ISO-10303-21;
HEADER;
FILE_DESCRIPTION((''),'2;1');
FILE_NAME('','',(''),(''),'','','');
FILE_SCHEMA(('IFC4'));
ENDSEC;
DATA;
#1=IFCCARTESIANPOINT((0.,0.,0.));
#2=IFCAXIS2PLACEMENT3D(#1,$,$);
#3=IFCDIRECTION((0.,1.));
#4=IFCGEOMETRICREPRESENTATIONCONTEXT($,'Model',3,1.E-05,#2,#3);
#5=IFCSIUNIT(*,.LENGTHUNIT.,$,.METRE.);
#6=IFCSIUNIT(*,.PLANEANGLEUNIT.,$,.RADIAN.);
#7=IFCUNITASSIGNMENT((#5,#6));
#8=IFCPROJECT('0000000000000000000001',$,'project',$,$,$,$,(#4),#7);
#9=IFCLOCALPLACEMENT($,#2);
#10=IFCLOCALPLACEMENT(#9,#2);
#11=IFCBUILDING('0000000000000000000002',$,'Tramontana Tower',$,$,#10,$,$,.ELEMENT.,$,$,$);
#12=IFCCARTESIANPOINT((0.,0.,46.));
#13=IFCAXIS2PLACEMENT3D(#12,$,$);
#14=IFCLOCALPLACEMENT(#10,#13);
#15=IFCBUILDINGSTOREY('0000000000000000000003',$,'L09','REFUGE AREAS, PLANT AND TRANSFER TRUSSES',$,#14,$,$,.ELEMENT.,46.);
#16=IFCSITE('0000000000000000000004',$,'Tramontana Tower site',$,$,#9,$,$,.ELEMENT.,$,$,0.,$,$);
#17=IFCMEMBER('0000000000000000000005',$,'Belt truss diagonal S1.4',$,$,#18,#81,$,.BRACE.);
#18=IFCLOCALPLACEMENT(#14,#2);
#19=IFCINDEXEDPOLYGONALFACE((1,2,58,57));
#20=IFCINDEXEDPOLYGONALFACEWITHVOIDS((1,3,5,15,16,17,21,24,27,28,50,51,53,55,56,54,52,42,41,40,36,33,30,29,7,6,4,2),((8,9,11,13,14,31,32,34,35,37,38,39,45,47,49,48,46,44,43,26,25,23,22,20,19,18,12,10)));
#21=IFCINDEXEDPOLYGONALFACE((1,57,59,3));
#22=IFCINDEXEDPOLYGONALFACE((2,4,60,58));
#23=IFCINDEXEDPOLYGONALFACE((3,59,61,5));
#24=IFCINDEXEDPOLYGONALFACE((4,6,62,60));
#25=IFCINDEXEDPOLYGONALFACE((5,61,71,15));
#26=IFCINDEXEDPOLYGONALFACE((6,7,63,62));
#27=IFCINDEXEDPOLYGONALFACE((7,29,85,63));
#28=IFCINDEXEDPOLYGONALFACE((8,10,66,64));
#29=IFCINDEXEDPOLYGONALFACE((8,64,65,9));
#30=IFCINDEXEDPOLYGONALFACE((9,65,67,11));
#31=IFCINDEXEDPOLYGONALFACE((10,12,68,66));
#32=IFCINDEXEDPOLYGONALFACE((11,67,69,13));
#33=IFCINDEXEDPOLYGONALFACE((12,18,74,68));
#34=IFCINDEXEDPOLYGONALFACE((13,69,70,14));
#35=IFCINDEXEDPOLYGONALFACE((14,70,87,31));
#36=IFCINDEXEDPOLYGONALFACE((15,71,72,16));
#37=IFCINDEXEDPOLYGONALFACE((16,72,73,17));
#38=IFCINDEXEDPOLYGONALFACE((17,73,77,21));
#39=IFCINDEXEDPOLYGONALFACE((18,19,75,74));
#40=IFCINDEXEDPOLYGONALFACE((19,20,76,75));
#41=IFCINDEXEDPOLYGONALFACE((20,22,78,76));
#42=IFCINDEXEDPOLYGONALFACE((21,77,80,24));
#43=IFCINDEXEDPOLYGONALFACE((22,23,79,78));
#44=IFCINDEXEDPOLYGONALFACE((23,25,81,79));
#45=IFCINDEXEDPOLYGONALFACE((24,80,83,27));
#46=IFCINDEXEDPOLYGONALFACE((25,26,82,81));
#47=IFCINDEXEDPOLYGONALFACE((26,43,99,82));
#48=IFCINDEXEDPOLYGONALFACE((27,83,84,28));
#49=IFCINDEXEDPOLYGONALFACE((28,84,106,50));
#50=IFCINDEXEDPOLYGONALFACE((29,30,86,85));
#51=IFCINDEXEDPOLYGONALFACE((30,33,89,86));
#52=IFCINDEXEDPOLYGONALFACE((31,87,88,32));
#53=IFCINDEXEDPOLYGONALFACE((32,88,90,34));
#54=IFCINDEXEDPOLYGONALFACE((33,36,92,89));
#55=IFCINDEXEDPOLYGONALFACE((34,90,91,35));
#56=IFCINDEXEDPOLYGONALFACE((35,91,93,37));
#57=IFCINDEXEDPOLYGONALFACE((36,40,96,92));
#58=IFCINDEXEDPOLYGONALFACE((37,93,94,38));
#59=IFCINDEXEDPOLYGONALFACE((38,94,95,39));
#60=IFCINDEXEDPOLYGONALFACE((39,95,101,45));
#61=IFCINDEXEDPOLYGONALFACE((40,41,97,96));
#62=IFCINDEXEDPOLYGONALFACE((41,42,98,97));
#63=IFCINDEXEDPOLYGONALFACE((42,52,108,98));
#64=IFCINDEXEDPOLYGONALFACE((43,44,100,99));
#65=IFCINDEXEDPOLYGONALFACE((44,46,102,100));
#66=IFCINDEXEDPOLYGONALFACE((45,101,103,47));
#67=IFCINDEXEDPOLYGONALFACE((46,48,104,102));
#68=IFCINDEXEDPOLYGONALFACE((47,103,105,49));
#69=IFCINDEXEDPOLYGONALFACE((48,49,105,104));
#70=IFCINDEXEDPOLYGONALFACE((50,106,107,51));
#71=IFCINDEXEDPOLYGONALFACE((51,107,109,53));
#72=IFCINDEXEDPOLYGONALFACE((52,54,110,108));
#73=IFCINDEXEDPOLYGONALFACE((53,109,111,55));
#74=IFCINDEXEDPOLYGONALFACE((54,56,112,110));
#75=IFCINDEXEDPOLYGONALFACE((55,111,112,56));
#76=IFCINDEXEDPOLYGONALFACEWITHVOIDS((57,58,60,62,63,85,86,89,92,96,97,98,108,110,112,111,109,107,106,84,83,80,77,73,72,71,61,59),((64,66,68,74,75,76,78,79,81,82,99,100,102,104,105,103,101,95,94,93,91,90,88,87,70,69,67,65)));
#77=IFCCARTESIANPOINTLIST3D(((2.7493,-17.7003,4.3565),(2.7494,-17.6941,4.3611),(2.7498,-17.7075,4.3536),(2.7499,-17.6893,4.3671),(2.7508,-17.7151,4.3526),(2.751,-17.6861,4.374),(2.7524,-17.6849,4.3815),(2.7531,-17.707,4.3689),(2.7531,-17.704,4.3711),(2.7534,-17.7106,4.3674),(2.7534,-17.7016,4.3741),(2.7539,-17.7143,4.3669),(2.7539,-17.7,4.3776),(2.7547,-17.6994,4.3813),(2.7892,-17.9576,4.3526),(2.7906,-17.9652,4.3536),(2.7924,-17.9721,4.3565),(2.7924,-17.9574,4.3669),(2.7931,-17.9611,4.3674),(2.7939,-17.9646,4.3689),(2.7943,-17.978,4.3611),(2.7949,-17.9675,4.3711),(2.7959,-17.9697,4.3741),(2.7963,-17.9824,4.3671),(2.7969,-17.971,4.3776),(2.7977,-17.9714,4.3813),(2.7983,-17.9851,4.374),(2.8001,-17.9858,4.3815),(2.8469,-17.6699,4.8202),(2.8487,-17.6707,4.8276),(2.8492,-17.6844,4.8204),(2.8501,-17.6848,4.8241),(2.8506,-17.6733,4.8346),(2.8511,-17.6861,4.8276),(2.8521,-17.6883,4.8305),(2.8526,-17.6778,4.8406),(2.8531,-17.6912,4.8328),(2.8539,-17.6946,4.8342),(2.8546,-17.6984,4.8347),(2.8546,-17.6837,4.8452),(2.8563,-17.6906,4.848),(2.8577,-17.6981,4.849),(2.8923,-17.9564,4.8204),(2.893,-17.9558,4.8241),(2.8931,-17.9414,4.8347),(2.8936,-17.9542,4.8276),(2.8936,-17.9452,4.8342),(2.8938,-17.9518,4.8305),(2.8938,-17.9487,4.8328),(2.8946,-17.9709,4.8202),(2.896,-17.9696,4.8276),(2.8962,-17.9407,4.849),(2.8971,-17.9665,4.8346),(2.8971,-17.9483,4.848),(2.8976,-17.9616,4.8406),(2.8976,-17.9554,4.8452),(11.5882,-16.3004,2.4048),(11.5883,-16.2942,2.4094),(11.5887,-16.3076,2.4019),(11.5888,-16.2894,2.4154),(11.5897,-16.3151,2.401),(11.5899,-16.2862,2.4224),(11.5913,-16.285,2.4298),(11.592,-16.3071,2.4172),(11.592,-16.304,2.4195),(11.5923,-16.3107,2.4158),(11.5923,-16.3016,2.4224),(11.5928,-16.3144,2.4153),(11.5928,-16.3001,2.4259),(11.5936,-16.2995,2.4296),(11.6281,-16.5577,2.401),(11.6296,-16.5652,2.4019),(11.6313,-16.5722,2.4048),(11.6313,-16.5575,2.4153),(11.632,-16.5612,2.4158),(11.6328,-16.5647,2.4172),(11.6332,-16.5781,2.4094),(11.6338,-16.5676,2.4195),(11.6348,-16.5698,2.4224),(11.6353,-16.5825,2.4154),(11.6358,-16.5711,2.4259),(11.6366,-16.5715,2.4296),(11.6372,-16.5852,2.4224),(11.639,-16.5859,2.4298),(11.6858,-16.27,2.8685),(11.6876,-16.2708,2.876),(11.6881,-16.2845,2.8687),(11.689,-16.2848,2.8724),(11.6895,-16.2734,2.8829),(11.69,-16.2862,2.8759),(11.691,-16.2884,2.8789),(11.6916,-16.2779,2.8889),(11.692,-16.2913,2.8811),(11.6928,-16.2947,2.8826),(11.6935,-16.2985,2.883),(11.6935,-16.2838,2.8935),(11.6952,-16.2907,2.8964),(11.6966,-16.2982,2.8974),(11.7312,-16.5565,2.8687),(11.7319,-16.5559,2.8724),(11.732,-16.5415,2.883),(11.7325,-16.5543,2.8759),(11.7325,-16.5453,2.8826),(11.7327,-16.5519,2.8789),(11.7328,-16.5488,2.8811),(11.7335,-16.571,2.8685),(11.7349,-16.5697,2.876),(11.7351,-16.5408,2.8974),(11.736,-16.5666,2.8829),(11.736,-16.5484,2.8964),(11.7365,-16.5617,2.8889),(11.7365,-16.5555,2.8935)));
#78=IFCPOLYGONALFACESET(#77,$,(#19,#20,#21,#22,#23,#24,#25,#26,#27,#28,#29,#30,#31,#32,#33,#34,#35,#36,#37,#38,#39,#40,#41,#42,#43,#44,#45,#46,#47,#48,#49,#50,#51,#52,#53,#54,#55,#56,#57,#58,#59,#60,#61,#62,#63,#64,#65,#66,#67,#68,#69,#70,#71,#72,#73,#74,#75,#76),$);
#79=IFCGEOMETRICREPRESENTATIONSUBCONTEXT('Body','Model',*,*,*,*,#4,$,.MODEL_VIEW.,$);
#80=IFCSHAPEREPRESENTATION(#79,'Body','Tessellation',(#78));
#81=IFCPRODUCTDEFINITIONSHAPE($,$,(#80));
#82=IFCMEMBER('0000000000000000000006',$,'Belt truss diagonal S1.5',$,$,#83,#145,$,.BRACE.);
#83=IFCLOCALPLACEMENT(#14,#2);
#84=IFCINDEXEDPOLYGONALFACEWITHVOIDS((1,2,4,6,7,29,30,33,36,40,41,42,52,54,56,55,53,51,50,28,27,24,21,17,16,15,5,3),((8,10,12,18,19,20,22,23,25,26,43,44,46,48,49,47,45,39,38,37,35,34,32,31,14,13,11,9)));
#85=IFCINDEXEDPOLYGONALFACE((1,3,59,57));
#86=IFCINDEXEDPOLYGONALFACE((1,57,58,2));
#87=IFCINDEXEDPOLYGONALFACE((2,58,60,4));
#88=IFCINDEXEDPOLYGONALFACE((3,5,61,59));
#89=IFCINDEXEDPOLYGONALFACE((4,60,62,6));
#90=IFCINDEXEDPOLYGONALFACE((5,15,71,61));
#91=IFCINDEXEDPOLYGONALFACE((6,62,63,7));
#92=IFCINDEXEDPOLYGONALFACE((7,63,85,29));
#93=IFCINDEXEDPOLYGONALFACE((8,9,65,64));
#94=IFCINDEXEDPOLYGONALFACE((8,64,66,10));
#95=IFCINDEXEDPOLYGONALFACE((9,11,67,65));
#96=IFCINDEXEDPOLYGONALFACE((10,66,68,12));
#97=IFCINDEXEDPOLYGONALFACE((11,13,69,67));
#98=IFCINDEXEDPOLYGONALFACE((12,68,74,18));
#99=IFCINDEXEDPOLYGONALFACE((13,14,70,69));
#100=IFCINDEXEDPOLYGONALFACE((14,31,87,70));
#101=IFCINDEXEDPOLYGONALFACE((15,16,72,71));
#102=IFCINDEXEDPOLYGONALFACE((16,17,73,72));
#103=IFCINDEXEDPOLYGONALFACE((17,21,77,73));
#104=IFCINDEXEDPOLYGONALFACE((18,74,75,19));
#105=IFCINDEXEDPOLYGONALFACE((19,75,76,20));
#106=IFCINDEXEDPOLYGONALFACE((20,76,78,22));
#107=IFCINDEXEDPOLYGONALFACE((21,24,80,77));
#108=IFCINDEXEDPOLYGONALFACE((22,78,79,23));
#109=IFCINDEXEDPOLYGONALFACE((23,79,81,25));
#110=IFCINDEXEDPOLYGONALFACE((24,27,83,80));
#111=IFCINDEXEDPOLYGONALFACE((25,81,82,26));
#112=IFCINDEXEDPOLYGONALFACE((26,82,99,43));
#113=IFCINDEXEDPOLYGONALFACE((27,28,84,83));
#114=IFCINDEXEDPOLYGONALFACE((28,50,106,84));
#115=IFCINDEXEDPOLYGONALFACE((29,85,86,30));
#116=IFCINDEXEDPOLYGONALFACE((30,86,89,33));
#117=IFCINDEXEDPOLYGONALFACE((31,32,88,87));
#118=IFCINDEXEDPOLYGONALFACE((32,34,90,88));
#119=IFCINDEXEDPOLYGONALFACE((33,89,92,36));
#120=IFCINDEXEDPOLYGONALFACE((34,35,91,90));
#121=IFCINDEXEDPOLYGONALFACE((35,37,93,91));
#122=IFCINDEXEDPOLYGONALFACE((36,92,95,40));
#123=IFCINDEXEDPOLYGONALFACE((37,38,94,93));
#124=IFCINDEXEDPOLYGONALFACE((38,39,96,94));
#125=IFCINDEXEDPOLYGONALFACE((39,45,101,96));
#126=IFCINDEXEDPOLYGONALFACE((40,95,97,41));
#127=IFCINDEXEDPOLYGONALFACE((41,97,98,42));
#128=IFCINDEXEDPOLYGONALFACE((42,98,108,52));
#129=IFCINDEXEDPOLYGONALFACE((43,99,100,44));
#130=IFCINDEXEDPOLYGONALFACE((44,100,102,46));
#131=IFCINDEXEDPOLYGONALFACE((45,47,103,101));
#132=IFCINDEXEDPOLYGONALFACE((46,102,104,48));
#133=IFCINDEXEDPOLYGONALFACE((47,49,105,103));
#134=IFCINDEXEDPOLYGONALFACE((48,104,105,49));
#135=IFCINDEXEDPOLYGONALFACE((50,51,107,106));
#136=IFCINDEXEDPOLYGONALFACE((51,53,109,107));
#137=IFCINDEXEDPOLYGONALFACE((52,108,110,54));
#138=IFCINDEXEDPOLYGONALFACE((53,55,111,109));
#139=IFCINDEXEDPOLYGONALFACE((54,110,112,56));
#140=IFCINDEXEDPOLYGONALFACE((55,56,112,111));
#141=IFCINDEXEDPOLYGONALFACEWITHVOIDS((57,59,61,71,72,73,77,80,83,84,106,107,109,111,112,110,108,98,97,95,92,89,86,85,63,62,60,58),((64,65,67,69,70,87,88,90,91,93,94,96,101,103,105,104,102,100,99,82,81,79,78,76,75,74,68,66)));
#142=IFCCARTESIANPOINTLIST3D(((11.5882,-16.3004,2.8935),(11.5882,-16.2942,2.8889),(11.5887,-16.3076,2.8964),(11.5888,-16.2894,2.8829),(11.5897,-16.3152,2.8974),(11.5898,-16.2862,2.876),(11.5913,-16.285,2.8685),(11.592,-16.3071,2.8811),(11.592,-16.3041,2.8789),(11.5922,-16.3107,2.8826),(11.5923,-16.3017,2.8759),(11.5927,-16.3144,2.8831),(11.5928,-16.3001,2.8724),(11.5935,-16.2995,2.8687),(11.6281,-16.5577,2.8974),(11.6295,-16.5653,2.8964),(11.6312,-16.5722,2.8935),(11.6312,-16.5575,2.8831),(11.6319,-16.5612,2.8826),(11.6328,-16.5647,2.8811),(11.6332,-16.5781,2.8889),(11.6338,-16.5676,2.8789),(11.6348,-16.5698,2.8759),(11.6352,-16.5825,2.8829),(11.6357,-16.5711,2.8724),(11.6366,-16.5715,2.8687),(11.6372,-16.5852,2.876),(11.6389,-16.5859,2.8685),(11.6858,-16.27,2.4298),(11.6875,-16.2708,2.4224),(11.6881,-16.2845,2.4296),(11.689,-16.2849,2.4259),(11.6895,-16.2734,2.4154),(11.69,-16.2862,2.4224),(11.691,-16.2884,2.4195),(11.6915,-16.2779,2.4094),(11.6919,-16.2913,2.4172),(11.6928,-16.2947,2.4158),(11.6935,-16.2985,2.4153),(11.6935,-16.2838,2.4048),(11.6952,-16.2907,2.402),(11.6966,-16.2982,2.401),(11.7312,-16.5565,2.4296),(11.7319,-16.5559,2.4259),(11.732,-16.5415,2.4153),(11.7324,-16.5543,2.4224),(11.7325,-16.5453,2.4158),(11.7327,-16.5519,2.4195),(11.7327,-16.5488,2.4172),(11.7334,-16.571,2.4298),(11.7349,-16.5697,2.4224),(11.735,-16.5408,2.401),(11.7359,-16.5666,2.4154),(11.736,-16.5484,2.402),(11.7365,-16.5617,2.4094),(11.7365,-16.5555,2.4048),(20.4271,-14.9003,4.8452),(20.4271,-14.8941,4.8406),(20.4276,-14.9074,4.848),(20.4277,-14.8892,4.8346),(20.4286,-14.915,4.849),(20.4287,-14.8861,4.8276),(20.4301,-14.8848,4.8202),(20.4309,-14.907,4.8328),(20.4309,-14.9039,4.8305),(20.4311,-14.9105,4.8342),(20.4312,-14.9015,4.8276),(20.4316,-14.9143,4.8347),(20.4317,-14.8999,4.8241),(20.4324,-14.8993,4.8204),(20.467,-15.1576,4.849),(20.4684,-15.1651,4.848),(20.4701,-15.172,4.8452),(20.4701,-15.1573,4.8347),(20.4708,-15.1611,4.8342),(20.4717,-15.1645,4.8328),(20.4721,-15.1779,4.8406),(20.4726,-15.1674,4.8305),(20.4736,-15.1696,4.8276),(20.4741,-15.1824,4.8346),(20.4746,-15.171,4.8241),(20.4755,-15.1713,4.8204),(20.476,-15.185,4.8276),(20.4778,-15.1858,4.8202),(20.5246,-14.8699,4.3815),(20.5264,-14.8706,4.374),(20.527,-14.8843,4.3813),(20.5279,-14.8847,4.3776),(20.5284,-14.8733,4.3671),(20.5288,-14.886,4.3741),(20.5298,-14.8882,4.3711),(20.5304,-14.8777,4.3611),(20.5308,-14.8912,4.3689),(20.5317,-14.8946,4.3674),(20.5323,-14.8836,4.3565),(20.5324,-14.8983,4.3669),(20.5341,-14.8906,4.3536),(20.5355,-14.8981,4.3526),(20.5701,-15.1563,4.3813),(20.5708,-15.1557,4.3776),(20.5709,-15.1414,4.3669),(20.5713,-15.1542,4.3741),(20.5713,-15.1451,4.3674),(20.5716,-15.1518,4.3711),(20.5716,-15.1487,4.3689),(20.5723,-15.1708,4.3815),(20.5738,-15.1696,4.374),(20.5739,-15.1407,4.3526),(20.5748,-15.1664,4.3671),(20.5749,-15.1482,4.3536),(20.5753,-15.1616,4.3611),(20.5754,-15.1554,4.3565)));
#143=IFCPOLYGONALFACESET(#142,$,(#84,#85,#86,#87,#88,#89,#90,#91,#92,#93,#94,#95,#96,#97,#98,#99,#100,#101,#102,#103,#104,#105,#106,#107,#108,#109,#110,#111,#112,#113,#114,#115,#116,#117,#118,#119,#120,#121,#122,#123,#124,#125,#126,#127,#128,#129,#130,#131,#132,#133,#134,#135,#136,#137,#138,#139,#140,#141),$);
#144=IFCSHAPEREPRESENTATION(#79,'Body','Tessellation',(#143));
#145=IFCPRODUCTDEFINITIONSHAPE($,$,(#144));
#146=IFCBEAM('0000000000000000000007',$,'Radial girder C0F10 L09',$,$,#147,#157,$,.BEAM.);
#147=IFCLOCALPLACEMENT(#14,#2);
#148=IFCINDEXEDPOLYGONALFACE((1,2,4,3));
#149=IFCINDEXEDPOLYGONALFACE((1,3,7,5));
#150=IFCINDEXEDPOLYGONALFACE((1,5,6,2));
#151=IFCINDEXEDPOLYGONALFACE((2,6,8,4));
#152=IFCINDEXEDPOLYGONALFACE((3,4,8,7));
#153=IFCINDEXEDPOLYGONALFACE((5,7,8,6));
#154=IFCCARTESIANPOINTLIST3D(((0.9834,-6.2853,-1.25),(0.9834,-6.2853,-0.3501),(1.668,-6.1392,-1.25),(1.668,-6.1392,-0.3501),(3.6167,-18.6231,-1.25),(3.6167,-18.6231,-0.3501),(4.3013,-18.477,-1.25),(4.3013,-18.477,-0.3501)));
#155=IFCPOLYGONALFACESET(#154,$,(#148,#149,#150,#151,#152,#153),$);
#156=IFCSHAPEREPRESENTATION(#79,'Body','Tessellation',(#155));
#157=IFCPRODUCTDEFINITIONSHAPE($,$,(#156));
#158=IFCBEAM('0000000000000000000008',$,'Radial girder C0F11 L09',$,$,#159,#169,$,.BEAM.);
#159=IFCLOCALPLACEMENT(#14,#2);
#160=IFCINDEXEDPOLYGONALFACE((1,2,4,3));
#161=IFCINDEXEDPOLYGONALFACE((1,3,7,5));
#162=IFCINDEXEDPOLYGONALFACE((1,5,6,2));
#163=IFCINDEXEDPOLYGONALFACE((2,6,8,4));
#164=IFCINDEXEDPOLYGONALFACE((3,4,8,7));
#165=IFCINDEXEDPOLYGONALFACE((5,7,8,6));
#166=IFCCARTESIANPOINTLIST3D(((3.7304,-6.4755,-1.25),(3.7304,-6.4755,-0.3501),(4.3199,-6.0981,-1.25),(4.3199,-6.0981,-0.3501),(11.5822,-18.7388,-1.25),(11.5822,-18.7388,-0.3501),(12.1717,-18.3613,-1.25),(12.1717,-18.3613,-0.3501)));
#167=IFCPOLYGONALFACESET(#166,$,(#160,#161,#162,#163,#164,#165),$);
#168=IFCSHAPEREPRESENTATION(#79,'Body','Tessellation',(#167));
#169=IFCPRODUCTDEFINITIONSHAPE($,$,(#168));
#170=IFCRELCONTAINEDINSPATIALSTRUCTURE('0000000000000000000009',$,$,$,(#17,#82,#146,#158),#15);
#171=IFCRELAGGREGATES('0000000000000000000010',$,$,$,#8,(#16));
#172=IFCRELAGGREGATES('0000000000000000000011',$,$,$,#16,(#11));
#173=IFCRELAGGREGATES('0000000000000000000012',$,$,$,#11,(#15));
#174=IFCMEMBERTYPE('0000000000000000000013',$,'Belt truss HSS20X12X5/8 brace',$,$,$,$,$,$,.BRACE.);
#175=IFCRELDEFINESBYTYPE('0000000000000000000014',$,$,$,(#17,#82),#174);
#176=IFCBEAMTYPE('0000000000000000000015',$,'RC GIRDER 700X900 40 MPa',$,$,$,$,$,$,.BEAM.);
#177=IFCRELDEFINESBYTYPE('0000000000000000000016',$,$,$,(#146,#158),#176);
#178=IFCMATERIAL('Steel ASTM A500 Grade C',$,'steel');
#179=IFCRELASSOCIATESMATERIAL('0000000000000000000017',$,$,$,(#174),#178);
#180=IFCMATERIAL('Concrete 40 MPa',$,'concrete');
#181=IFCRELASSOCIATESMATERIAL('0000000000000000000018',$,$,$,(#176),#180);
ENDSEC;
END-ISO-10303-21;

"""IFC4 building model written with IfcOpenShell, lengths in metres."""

from ifc_helpers import new_model, si_unit, direction, frame, origin, origin_2d, place, context, subcontext, project, spatial, rectangle, hollow_rectangle, extrude, material, material_profile, profile_set, type_object, element, save


model = new_model("IFC4")

# Units and contexts
model_context = context("Model", 3, precision=1e-05, world=origin(), true_north=direction((0.0, 1.0)))
body_context = subcontext(model_context, "Body", "Model", "MODEL_VIEW")
ifc_project = project(units=[si_unit("LENGTHUNIT", "METRE"), si_unit("PLANEANGLEUNIT", "RADIAN")], contexts=[model_context])

# Site, building, storey
site_placement = place(None, origin())
site = spatial("IfcSite", under=ifc_project, at=site_placement, Name="Tramontana Tower site", CompositionType="ELEMENT", RefElevation=0.0)
building_placement = place(site_placement, origin())
building = spatial("IfcBuilding", under=site, at=building_placement, Name="Tramontana Tower", CompositionType="ELEMENT")
storey_placement = place(building_placement, frame((0.0, 0.0, 46.0)))
storey = spatial("IfcBuildingStorey", under=building, at=storey_placement, Name="L09", Description="REFUGE AREAS, PLANT AND TRANSFER TRUSSES", CompositionType="ELEMENT", Elevation=46.0)

# Members
ifc_material_1 = material(Name="Steel ASTM A500 Grade C", Category="steel")
ifc_material_profile_1 = material_profile(ifc_material_1, hollow_rectangle(XDim=0.3047, YDim=0.5081, WallThickness=0.0146, InnerFilletRadius=0.0146, OuterFilletRadius=0.0295, at=origin_2d()), Name="HSS20X12X5/8")
ifc_profile_set_1 = profile_set([ifc_material_profile_1], Name="Steel ASTM A500 Grade C")
member_type_1 = type_object("IfcMemberType", Name="Belt truss HSS20X12X5/8 brace", PredefinedType="BRACE", material=ifc_profile_set_1)
for number, where, z_axis, x_axis, name in (
    (1, (2.8235, -17.8279, 4.6008), (0.965007, 0.152838, -0.213078), (-0.15643, 0.987689, 0.0), "Belt truss diagonal S1.4"),
    (2, (11.6624, -16.428, 2.6492), (0.965003, 0.152864, 0.213077), (-0.156457, 0.987685, 0.0), "Belt truss diagonal S1.5"),
):
    element("IfcMember", number, at=place(storey_placement, frame(where, z_axis=z_axis, x_axis=x_axis)), inside=storey, type_object=member_type_1, Name=name, PredefinedType="BRACE", context=body_context, shape_type="SweptSolid", body=[
        extrude(hollow_rectangle(XDim=0.3047, YDim=0.5081, WallThickness=0.0146, InnerFilletRadius=0.0146, OuterFilletRadius=0.0295, at=origin_2d()), origin(), (0.0, 0.0, 1.0), 9.1594),
    ])

# Beams
ifc_material_2 = material(Name="Concrete 40 MPa", Category="concrete")
ifc_material_profile_2 = material_profile(ifc_material_2, rectangle(XDim=0.7, YDim=0.8999, at=origin_2d()), Name="RC GIRDER 700X900 40 MPa")
ifc_profile_set_2 = profile_set([ifc_material_profile_2], Name="Concrete 40 MPa")
beam_type = type_object("IfcBeamType", Name="RC GIRDER 700X900 40 MPa", PredefinedType="BEAM", material=ifc_profile_set_2)
beam_1_placement = place(storey_placement, frame((3.959, -18.55, -0.8), z_axis=(-0.208731, 0.977973, 0.0), x_axis=(-0.977973, -0.208731, 0.0)))
element("IfcBeam", 3, at=beam_1_placement, inside=storey, type_object=beam_type, Name="Radial girder C0F10 L09", PredefinedType="BEAM", context=body_context, shape_type="SweptSolid", body=[
    extrude(rectangle(XDim=0.7, YDim=0.8999, at=origin_2d()), origin(), (0.0, 0.0, 1.0), 12.6157),
])
beam_2_placement = place(storey_placement, frame((11.877, -18.55, -0.8), z_axis=(-0.539218, 0.842166, 0.0), x_axis=(-0.842166, -0.539218, 0.0)))
element("IfcBeam", 4, at=beam_2_placement, inside=storey, type_object=beam_type, Name="Radial girder C0F11 L09", PredefinedType="BEAM", context=body_context, shape_type="SweptSolid", body=[
    extrude(rectangle(XDim=0.7, YDim=0.8999, at=origin_2d()), origin(), (0.0, 0.0, 1.0), 14.5615),
])

save(model, "model.ifc")
